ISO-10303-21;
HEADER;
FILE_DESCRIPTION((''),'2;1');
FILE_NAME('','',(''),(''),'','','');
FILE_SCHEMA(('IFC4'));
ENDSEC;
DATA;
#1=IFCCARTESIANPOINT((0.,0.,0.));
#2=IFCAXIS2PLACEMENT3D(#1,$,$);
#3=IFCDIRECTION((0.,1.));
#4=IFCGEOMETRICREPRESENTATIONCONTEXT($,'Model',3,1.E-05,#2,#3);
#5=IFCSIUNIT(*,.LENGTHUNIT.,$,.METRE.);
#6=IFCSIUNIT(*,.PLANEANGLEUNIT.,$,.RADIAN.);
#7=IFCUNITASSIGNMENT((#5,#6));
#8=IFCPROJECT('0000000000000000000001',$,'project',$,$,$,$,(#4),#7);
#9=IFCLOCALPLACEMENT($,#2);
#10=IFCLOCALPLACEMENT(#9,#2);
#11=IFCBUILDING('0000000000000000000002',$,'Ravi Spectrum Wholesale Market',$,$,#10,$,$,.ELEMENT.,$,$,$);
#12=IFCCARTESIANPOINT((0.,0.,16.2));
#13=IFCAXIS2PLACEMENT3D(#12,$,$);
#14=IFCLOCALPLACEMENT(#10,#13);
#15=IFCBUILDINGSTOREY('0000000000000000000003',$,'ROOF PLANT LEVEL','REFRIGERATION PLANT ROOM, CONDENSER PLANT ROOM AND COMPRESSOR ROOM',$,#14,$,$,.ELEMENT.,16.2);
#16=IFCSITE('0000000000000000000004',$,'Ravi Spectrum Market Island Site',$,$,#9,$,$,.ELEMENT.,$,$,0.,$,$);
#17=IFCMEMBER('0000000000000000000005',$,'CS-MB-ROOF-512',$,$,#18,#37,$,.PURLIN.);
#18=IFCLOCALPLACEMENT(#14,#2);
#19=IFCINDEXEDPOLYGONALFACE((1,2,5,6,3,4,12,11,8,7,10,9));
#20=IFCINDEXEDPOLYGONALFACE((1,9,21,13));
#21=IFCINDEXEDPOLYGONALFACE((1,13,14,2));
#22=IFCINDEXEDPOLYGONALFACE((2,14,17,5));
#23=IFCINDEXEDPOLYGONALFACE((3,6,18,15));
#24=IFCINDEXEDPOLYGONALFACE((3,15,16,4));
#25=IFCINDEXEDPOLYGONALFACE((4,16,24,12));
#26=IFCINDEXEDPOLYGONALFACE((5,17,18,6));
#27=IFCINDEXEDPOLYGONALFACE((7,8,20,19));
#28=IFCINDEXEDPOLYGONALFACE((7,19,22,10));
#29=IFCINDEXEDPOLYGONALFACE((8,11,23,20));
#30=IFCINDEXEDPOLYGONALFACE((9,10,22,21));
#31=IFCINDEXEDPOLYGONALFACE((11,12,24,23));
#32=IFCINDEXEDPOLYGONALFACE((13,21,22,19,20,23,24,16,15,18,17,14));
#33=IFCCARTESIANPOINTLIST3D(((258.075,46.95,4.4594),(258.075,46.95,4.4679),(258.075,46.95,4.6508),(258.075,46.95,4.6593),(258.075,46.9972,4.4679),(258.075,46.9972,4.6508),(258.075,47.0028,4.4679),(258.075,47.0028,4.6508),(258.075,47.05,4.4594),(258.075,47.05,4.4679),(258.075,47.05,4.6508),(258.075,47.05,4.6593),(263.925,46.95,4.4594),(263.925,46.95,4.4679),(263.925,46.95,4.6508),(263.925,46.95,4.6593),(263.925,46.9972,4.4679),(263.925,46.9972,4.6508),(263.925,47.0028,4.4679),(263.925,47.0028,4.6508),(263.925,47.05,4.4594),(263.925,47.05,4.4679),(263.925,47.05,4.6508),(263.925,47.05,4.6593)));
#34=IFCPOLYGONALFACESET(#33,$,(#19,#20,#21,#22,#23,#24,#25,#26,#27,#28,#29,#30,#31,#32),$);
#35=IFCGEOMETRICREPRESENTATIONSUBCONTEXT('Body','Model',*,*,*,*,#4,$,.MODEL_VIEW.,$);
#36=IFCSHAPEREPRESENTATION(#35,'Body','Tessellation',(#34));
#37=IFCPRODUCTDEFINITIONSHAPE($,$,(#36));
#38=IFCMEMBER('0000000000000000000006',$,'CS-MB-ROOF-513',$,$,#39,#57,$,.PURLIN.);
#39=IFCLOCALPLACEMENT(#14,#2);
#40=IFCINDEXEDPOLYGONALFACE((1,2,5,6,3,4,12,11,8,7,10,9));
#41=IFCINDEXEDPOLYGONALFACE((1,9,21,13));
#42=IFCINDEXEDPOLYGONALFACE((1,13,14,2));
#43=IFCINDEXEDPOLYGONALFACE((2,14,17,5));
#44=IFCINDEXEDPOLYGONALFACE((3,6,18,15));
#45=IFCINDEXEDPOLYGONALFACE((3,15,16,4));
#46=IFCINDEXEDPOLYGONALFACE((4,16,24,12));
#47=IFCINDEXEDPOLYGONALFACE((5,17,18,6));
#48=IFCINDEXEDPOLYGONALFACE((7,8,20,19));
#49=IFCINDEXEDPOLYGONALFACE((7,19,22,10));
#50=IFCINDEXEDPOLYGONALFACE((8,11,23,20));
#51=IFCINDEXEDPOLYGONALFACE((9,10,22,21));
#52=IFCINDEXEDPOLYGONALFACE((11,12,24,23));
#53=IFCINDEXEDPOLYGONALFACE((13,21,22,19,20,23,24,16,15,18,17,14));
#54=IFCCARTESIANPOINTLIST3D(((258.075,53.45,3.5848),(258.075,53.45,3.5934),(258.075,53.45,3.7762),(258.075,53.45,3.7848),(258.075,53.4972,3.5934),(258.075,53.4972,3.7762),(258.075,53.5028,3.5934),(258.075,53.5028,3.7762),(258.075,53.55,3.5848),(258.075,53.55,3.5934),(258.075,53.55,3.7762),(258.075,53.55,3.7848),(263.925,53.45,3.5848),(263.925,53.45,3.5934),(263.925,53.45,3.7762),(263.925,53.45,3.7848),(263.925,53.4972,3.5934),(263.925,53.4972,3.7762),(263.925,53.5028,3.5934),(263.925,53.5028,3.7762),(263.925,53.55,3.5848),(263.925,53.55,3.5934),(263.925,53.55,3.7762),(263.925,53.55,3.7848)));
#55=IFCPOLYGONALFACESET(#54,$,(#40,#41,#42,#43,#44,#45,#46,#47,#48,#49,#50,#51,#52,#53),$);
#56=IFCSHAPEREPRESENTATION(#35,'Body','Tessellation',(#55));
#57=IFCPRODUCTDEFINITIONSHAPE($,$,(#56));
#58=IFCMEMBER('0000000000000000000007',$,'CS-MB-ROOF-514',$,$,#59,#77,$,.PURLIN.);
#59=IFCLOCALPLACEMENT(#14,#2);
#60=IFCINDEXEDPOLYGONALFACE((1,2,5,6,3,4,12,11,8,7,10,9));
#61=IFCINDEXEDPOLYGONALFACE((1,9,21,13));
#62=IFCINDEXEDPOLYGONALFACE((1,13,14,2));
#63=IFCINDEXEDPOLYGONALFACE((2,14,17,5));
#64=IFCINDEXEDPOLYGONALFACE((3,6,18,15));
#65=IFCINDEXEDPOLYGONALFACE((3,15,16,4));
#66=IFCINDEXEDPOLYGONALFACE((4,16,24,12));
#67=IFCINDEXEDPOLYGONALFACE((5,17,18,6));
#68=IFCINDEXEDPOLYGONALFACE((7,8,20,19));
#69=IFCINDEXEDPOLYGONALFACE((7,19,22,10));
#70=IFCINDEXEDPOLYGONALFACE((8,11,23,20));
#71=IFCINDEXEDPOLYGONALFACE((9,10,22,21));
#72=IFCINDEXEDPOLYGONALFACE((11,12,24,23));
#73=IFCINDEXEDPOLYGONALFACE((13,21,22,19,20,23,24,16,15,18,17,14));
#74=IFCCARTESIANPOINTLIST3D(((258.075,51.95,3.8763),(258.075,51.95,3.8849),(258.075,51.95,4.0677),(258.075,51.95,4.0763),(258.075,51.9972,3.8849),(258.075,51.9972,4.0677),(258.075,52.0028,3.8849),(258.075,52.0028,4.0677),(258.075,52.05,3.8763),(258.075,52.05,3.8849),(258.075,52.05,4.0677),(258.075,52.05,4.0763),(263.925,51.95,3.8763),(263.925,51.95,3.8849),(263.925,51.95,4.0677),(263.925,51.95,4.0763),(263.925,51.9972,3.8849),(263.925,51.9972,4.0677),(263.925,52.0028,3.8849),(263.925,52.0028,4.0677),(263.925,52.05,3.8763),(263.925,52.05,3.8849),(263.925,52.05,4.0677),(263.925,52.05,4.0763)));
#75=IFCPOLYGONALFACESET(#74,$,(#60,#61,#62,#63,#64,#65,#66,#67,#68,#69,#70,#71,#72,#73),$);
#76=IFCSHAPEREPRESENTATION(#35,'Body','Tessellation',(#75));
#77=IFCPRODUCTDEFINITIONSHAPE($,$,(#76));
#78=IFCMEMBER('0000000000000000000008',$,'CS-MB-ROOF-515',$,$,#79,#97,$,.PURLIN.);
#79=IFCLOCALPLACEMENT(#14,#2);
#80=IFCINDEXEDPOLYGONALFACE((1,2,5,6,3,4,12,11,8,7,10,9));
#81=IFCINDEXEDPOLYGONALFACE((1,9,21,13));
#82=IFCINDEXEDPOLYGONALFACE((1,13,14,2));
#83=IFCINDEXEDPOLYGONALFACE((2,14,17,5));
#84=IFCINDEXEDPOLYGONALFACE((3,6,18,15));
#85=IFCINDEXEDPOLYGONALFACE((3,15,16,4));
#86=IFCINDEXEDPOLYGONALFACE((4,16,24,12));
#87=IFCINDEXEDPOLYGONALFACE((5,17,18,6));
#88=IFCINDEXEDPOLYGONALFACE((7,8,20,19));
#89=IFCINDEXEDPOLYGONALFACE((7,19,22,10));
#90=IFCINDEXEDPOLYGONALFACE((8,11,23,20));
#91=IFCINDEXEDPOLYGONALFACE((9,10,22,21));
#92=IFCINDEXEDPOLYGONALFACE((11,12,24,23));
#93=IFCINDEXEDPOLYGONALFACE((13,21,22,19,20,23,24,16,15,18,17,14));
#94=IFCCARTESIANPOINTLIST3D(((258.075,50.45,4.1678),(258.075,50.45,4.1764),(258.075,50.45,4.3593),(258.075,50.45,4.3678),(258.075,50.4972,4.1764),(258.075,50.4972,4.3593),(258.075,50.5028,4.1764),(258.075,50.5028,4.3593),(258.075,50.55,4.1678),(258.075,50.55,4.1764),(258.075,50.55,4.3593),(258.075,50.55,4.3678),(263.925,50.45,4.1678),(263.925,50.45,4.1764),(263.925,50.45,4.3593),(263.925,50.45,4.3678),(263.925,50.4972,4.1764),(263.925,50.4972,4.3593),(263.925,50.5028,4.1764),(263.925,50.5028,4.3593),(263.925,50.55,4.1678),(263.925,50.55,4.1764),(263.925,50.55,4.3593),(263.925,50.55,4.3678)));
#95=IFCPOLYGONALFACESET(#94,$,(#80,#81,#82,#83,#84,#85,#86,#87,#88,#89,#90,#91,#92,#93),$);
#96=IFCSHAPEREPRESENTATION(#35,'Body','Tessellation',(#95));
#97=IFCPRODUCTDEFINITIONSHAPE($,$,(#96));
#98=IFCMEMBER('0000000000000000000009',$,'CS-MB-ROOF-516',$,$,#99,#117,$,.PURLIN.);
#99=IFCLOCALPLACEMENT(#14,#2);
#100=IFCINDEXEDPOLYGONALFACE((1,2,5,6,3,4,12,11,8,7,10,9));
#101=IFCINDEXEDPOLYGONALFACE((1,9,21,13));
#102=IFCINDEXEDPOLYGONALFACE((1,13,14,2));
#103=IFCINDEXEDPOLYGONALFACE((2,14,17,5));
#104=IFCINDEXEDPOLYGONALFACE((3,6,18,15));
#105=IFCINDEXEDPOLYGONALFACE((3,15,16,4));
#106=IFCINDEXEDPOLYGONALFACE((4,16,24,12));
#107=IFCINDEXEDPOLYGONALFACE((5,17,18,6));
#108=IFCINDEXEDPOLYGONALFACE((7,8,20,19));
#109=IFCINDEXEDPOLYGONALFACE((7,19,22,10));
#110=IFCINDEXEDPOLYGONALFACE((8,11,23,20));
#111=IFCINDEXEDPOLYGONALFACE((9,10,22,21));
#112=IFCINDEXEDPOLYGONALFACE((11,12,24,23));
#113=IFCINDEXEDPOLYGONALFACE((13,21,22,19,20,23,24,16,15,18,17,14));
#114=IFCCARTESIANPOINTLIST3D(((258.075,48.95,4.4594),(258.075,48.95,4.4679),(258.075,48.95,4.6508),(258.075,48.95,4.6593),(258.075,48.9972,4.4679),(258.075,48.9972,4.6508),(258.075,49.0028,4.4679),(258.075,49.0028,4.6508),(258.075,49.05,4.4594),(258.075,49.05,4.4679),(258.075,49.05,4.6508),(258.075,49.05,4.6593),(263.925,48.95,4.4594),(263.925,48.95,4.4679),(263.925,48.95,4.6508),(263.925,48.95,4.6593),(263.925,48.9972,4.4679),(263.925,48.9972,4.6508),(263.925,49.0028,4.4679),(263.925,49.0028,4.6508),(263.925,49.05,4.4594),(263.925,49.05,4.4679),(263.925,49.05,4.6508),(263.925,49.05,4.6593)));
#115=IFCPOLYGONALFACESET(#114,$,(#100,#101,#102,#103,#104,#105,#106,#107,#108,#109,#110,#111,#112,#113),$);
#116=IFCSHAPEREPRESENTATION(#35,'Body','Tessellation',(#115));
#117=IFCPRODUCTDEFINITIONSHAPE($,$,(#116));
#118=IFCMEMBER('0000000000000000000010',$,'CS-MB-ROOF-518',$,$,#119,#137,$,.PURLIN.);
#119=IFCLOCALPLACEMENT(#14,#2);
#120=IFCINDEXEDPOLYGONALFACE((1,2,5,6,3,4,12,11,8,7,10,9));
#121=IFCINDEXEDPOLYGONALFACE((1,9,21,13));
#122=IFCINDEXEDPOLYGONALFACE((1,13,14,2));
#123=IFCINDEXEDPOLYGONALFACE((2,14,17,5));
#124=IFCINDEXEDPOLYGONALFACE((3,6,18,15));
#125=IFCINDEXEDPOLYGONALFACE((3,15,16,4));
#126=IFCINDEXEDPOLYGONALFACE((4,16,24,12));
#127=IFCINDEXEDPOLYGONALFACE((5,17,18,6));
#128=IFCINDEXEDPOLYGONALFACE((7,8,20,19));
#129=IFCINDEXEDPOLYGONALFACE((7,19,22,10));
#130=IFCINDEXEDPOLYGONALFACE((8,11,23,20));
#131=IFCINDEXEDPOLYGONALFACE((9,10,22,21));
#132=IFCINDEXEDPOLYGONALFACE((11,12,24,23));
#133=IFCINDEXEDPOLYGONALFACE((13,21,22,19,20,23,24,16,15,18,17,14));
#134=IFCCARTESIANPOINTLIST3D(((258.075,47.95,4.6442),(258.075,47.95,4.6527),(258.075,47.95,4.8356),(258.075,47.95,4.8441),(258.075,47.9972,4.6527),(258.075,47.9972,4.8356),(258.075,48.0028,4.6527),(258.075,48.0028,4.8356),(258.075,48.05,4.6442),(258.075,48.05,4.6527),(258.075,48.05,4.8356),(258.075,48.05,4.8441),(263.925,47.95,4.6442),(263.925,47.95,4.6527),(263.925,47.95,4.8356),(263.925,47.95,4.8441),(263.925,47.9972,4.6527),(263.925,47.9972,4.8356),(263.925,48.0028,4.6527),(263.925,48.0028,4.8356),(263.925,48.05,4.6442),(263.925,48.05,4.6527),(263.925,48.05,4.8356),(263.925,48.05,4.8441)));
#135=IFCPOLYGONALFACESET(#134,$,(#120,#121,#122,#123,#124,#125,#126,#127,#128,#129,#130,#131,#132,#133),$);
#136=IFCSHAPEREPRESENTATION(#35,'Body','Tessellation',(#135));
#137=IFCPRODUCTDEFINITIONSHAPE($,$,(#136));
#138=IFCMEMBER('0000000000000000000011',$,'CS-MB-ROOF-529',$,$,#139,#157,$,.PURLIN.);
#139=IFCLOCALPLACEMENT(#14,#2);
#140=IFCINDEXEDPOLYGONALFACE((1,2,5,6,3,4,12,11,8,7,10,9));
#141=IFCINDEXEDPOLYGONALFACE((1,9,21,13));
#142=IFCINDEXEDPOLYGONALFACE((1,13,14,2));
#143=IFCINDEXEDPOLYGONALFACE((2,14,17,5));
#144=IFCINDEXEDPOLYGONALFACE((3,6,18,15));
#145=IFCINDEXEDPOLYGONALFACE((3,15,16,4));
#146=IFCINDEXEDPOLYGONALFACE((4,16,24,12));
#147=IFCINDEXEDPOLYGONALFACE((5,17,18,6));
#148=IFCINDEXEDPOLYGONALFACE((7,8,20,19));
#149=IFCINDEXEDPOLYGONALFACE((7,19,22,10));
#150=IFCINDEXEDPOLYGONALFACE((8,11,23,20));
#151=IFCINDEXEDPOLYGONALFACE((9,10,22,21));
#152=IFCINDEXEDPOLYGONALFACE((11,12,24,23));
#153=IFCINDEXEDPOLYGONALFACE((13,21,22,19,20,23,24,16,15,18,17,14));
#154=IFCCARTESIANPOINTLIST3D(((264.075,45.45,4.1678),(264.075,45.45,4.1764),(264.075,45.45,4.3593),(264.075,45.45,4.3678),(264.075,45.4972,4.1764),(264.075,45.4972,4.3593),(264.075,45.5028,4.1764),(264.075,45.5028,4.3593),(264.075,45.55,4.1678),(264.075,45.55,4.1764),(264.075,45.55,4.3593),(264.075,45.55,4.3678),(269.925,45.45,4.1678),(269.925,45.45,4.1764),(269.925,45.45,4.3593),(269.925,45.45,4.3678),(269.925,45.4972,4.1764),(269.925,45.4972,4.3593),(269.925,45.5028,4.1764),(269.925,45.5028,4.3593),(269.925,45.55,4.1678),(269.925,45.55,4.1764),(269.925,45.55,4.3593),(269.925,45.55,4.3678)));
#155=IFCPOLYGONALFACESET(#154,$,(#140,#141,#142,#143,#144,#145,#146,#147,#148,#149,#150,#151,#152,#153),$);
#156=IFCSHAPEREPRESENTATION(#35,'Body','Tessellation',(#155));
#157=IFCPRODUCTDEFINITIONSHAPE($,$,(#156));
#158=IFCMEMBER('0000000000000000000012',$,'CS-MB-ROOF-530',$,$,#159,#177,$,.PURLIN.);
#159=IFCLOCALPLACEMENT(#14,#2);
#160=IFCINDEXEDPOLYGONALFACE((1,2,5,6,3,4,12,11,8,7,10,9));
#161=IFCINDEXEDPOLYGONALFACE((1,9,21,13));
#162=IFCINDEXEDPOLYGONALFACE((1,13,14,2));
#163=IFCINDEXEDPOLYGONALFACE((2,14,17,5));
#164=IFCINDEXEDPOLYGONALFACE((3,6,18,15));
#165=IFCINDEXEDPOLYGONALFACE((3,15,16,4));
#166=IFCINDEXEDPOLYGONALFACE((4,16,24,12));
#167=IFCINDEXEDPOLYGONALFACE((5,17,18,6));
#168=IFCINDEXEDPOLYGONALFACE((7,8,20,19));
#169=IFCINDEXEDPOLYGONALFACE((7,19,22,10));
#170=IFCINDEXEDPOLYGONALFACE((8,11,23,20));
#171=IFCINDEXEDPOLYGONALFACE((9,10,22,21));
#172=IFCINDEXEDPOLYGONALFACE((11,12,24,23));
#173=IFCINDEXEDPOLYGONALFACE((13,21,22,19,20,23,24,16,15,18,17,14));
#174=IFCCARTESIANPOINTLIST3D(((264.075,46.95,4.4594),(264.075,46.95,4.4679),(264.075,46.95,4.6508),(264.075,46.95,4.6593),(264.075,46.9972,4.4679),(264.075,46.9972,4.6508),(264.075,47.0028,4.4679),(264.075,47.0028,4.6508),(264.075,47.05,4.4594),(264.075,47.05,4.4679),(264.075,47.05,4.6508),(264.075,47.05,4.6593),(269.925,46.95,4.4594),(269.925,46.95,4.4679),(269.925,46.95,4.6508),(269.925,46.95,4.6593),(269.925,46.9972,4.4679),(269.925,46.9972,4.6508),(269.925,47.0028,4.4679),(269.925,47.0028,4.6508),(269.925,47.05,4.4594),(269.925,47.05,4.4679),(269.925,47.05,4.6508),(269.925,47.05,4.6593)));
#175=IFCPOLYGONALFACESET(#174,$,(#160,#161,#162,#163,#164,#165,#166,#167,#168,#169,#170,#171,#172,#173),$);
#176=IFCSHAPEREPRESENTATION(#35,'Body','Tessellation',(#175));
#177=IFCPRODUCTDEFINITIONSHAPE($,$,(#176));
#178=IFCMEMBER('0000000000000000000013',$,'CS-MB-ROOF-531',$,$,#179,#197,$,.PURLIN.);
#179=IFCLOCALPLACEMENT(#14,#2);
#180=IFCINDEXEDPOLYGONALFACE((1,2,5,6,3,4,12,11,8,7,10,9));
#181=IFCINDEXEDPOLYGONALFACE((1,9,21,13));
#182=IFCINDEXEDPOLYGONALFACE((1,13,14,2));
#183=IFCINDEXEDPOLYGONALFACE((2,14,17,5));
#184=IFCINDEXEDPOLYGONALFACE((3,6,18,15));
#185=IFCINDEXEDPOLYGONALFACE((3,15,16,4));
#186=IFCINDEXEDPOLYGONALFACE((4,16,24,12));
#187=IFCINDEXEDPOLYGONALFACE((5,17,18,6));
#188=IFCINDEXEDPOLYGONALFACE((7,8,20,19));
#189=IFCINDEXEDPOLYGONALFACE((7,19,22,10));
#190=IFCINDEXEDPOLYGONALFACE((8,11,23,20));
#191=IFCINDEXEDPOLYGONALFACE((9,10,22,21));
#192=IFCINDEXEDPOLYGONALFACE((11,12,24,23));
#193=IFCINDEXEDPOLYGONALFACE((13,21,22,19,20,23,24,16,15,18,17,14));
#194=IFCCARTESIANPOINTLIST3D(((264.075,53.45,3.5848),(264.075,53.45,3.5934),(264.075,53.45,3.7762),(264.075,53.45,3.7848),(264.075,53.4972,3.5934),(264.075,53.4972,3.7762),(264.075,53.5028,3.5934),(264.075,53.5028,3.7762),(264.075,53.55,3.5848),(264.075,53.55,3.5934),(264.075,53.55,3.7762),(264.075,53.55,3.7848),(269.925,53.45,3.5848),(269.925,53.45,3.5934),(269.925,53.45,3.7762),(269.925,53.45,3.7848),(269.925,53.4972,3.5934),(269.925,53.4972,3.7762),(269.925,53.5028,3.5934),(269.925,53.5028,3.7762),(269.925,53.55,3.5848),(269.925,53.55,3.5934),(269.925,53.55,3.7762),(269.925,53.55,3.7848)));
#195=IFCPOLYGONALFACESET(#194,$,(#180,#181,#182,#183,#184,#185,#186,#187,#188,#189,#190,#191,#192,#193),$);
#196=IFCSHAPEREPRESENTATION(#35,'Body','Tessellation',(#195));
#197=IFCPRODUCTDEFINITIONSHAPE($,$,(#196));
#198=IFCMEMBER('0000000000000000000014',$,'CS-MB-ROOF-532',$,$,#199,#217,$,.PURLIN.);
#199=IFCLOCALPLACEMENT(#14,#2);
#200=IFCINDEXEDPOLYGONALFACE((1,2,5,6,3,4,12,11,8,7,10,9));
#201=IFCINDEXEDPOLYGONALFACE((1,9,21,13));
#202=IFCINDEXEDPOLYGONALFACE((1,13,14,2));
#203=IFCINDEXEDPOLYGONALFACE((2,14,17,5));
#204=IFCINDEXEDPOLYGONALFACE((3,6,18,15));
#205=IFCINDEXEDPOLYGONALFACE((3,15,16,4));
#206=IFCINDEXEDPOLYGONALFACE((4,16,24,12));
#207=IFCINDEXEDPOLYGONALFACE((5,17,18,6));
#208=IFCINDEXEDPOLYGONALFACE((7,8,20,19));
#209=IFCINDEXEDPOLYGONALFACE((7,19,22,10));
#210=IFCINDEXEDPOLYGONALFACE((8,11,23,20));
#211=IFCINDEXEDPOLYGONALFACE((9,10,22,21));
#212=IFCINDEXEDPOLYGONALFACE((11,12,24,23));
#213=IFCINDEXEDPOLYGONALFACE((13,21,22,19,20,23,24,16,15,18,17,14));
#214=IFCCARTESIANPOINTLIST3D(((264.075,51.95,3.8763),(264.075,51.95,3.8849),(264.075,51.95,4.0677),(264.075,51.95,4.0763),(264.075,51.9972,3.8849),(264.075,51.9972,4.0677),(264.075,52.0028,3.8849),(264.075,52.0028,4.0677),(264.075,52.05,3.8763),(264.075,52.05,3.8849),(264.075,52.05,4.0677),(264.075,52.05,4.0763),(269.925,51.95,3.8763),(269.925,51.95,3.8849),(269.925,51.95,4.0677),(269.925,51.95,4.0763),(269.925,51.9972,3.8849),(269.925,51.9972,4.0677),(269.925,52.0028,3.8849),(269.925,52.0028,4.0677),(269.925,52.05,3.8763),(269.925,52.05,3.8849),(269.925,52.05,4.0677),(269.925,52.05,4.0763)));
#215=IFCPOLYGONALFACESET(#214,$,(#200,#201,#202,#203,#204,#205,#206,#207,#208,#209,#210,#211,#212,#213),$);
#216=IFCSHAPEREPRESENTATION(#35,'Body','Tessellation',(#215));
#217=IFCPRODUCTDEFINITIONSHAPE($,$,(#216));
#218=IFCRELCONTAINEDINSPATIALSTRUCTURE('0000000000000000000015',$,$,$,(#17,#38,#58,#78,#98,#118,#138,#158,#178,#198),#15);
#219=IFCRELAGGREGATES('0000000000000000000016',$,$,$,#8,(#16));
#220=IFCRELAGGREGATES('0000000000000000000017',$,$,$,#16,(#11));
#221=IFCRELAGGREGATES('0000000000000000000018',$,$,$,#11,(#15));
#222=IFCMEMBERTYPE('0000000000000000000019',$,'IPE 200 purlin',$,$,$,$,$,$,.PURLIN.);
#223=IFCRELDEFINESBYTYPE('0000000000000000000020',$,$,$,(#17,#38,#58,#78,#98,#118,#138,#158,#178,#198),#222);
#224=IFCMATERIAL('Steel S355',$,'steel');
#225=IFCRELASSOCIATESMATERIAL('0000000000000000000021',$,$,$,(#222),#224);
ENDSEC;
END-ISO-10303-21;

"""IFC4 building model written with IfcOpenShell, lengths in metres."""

from ifc_helpers import new_model, si_unit, direction, frame, origin, origin_2d, place, context, subcontext, project, spatial, i_section, extrude, material, material_profile, profile_set, type_object, element, save


model = new_model("IFC4")

# Units and contexts
model_context = context("Model", 3, precision=1e-05, world=origin(), true_north=direction((0.0, 1.0)))
body_context = subcontext(model_context, "Body", "Model", "MODEL_VIEW")
ifc_project = project(units=[si_unit("LENGTHUNIT", "METRE"), si_unit("PLANEANGLEUNIT", "RADIAN")], contexts=[model_context])

# Site, building, storey
site_placement = place(None, origin())
site = spatial("IfcSite", under=ifc_project, at=site_placement, Name="Ravi Spectrum Market Island Site", CompositionType="ELEMENT", RefElevation=0.0)
building_placement = place(site_placement, origin())
building = spatial("IfcBuilding", under=site, at=building_placement, Name="Ravi Spectrum Wholesale Market", CompositionType="ELEMENT")
storey_placement = place(building_placement, frame((0.0, 0.0, 16.2)))
storey = spatial("IfcBuildingStorey", under=building, at=storey_placement, Name="ROOF PLANT LEVEL", Description="REFRIGERATION PLANT ROOM, CONDENSER PLANT ROOM AND COMPRESSOR ROOM", CompositionType="ELEMENT", Elevation=16.2)

# Members
ifc_material_1 = material(Name="Steel S355", Category="steel")
ifc_material_profile_1 = material_profile(ifc_material_1, i_section(OverallWidth=0.1001, OverallDepth=0.2, WebThickness=0.0056, FlangeThickness=0.0085, at=origin_2d()))
ifc_profile_set_1 = profile_set([ifc_material_profile_1], Name="Steel S355")
member_type = type_object("IfcMemberType", Name="IPE 200 purlin", PredefinedType="PURLIN", material=ifc_profile_set_1)
for number, where, z_axis, x_axis, name in (
    (1, (258.075, 47.0, 4.5593), (1.0, 0.0, 0.0), (0.0, 1.0, 0.0), "CS-MB-ROOF-512"),
    (2, (258.075, 53.5, 3.6848), (1.0, 0.0, 0.0), (0.0, 1.0, 0.0), "CS-MB-ROOF-513"),
    (3, (258.075, 52.0, 3.9763), (1.0, 0.0, 0.0), (0.0, 1.0, 0.0), "CS-MB-ROOF-514"),
    (4, (258.075, 50.5, 4.2678), (1.0, 0.0, 0.0), (0.0, 1.0, 0.0), "CS-MB-ROOF-515"),
    (5, (258.075, 49.0, 4.5593), (1.0, 0.0, 0.0), (0.0, 1.0, 0.0), "CS-MB-ROOF-516"),
    (6, (258.075, 48.0, 4.7441), (1.0, 0.0, 0.0), (0.0, 1.0, 0.0), "CS-MB-ROOF-518"),
    (7, (264.075, 45.5, 4.2678), (1.0, 0.0, 0.0), (0.0, 1.0, 0.0), "CS-MB-ROOF-529"),
    (8, (264.075, 47.0, 4.5593), (1.0, 0.0, 0.0), (0.0, 1.0, 0.0), "CS-MB-ROOF-530"),
    (9, (264.075, 53.5, 3.6848), (1.0, 0.0, 0.0), (0.0, 1.0, 0.0), "CS-MB-ROOF-531"),
    (10, (264.075, 52.0, 3.9763), (1.0, 0.0, 0.0), (0.0, 1.0, 0.0), "CS-MB-ROOF-532"),
):
    element("IfcMember", number, at=place(storey_placement, frame(where, z_axis=z_axis, x_axis=x_axis)), inside=storey, type_object=member_type, Name=name, PredefinedType="PURLIN", context=body_context, shape_type="SweptSolid", body=[
        extrude(i_section(OverallWidth=0.1001, OverallDepth=0.2, WebThickness=0.0056, FlangeThickness=0.0085, at=origin_2d()), origin(), (0.0, 0.0, 1.0), 5.8501),
    ])

save(model, "model.ifc")
